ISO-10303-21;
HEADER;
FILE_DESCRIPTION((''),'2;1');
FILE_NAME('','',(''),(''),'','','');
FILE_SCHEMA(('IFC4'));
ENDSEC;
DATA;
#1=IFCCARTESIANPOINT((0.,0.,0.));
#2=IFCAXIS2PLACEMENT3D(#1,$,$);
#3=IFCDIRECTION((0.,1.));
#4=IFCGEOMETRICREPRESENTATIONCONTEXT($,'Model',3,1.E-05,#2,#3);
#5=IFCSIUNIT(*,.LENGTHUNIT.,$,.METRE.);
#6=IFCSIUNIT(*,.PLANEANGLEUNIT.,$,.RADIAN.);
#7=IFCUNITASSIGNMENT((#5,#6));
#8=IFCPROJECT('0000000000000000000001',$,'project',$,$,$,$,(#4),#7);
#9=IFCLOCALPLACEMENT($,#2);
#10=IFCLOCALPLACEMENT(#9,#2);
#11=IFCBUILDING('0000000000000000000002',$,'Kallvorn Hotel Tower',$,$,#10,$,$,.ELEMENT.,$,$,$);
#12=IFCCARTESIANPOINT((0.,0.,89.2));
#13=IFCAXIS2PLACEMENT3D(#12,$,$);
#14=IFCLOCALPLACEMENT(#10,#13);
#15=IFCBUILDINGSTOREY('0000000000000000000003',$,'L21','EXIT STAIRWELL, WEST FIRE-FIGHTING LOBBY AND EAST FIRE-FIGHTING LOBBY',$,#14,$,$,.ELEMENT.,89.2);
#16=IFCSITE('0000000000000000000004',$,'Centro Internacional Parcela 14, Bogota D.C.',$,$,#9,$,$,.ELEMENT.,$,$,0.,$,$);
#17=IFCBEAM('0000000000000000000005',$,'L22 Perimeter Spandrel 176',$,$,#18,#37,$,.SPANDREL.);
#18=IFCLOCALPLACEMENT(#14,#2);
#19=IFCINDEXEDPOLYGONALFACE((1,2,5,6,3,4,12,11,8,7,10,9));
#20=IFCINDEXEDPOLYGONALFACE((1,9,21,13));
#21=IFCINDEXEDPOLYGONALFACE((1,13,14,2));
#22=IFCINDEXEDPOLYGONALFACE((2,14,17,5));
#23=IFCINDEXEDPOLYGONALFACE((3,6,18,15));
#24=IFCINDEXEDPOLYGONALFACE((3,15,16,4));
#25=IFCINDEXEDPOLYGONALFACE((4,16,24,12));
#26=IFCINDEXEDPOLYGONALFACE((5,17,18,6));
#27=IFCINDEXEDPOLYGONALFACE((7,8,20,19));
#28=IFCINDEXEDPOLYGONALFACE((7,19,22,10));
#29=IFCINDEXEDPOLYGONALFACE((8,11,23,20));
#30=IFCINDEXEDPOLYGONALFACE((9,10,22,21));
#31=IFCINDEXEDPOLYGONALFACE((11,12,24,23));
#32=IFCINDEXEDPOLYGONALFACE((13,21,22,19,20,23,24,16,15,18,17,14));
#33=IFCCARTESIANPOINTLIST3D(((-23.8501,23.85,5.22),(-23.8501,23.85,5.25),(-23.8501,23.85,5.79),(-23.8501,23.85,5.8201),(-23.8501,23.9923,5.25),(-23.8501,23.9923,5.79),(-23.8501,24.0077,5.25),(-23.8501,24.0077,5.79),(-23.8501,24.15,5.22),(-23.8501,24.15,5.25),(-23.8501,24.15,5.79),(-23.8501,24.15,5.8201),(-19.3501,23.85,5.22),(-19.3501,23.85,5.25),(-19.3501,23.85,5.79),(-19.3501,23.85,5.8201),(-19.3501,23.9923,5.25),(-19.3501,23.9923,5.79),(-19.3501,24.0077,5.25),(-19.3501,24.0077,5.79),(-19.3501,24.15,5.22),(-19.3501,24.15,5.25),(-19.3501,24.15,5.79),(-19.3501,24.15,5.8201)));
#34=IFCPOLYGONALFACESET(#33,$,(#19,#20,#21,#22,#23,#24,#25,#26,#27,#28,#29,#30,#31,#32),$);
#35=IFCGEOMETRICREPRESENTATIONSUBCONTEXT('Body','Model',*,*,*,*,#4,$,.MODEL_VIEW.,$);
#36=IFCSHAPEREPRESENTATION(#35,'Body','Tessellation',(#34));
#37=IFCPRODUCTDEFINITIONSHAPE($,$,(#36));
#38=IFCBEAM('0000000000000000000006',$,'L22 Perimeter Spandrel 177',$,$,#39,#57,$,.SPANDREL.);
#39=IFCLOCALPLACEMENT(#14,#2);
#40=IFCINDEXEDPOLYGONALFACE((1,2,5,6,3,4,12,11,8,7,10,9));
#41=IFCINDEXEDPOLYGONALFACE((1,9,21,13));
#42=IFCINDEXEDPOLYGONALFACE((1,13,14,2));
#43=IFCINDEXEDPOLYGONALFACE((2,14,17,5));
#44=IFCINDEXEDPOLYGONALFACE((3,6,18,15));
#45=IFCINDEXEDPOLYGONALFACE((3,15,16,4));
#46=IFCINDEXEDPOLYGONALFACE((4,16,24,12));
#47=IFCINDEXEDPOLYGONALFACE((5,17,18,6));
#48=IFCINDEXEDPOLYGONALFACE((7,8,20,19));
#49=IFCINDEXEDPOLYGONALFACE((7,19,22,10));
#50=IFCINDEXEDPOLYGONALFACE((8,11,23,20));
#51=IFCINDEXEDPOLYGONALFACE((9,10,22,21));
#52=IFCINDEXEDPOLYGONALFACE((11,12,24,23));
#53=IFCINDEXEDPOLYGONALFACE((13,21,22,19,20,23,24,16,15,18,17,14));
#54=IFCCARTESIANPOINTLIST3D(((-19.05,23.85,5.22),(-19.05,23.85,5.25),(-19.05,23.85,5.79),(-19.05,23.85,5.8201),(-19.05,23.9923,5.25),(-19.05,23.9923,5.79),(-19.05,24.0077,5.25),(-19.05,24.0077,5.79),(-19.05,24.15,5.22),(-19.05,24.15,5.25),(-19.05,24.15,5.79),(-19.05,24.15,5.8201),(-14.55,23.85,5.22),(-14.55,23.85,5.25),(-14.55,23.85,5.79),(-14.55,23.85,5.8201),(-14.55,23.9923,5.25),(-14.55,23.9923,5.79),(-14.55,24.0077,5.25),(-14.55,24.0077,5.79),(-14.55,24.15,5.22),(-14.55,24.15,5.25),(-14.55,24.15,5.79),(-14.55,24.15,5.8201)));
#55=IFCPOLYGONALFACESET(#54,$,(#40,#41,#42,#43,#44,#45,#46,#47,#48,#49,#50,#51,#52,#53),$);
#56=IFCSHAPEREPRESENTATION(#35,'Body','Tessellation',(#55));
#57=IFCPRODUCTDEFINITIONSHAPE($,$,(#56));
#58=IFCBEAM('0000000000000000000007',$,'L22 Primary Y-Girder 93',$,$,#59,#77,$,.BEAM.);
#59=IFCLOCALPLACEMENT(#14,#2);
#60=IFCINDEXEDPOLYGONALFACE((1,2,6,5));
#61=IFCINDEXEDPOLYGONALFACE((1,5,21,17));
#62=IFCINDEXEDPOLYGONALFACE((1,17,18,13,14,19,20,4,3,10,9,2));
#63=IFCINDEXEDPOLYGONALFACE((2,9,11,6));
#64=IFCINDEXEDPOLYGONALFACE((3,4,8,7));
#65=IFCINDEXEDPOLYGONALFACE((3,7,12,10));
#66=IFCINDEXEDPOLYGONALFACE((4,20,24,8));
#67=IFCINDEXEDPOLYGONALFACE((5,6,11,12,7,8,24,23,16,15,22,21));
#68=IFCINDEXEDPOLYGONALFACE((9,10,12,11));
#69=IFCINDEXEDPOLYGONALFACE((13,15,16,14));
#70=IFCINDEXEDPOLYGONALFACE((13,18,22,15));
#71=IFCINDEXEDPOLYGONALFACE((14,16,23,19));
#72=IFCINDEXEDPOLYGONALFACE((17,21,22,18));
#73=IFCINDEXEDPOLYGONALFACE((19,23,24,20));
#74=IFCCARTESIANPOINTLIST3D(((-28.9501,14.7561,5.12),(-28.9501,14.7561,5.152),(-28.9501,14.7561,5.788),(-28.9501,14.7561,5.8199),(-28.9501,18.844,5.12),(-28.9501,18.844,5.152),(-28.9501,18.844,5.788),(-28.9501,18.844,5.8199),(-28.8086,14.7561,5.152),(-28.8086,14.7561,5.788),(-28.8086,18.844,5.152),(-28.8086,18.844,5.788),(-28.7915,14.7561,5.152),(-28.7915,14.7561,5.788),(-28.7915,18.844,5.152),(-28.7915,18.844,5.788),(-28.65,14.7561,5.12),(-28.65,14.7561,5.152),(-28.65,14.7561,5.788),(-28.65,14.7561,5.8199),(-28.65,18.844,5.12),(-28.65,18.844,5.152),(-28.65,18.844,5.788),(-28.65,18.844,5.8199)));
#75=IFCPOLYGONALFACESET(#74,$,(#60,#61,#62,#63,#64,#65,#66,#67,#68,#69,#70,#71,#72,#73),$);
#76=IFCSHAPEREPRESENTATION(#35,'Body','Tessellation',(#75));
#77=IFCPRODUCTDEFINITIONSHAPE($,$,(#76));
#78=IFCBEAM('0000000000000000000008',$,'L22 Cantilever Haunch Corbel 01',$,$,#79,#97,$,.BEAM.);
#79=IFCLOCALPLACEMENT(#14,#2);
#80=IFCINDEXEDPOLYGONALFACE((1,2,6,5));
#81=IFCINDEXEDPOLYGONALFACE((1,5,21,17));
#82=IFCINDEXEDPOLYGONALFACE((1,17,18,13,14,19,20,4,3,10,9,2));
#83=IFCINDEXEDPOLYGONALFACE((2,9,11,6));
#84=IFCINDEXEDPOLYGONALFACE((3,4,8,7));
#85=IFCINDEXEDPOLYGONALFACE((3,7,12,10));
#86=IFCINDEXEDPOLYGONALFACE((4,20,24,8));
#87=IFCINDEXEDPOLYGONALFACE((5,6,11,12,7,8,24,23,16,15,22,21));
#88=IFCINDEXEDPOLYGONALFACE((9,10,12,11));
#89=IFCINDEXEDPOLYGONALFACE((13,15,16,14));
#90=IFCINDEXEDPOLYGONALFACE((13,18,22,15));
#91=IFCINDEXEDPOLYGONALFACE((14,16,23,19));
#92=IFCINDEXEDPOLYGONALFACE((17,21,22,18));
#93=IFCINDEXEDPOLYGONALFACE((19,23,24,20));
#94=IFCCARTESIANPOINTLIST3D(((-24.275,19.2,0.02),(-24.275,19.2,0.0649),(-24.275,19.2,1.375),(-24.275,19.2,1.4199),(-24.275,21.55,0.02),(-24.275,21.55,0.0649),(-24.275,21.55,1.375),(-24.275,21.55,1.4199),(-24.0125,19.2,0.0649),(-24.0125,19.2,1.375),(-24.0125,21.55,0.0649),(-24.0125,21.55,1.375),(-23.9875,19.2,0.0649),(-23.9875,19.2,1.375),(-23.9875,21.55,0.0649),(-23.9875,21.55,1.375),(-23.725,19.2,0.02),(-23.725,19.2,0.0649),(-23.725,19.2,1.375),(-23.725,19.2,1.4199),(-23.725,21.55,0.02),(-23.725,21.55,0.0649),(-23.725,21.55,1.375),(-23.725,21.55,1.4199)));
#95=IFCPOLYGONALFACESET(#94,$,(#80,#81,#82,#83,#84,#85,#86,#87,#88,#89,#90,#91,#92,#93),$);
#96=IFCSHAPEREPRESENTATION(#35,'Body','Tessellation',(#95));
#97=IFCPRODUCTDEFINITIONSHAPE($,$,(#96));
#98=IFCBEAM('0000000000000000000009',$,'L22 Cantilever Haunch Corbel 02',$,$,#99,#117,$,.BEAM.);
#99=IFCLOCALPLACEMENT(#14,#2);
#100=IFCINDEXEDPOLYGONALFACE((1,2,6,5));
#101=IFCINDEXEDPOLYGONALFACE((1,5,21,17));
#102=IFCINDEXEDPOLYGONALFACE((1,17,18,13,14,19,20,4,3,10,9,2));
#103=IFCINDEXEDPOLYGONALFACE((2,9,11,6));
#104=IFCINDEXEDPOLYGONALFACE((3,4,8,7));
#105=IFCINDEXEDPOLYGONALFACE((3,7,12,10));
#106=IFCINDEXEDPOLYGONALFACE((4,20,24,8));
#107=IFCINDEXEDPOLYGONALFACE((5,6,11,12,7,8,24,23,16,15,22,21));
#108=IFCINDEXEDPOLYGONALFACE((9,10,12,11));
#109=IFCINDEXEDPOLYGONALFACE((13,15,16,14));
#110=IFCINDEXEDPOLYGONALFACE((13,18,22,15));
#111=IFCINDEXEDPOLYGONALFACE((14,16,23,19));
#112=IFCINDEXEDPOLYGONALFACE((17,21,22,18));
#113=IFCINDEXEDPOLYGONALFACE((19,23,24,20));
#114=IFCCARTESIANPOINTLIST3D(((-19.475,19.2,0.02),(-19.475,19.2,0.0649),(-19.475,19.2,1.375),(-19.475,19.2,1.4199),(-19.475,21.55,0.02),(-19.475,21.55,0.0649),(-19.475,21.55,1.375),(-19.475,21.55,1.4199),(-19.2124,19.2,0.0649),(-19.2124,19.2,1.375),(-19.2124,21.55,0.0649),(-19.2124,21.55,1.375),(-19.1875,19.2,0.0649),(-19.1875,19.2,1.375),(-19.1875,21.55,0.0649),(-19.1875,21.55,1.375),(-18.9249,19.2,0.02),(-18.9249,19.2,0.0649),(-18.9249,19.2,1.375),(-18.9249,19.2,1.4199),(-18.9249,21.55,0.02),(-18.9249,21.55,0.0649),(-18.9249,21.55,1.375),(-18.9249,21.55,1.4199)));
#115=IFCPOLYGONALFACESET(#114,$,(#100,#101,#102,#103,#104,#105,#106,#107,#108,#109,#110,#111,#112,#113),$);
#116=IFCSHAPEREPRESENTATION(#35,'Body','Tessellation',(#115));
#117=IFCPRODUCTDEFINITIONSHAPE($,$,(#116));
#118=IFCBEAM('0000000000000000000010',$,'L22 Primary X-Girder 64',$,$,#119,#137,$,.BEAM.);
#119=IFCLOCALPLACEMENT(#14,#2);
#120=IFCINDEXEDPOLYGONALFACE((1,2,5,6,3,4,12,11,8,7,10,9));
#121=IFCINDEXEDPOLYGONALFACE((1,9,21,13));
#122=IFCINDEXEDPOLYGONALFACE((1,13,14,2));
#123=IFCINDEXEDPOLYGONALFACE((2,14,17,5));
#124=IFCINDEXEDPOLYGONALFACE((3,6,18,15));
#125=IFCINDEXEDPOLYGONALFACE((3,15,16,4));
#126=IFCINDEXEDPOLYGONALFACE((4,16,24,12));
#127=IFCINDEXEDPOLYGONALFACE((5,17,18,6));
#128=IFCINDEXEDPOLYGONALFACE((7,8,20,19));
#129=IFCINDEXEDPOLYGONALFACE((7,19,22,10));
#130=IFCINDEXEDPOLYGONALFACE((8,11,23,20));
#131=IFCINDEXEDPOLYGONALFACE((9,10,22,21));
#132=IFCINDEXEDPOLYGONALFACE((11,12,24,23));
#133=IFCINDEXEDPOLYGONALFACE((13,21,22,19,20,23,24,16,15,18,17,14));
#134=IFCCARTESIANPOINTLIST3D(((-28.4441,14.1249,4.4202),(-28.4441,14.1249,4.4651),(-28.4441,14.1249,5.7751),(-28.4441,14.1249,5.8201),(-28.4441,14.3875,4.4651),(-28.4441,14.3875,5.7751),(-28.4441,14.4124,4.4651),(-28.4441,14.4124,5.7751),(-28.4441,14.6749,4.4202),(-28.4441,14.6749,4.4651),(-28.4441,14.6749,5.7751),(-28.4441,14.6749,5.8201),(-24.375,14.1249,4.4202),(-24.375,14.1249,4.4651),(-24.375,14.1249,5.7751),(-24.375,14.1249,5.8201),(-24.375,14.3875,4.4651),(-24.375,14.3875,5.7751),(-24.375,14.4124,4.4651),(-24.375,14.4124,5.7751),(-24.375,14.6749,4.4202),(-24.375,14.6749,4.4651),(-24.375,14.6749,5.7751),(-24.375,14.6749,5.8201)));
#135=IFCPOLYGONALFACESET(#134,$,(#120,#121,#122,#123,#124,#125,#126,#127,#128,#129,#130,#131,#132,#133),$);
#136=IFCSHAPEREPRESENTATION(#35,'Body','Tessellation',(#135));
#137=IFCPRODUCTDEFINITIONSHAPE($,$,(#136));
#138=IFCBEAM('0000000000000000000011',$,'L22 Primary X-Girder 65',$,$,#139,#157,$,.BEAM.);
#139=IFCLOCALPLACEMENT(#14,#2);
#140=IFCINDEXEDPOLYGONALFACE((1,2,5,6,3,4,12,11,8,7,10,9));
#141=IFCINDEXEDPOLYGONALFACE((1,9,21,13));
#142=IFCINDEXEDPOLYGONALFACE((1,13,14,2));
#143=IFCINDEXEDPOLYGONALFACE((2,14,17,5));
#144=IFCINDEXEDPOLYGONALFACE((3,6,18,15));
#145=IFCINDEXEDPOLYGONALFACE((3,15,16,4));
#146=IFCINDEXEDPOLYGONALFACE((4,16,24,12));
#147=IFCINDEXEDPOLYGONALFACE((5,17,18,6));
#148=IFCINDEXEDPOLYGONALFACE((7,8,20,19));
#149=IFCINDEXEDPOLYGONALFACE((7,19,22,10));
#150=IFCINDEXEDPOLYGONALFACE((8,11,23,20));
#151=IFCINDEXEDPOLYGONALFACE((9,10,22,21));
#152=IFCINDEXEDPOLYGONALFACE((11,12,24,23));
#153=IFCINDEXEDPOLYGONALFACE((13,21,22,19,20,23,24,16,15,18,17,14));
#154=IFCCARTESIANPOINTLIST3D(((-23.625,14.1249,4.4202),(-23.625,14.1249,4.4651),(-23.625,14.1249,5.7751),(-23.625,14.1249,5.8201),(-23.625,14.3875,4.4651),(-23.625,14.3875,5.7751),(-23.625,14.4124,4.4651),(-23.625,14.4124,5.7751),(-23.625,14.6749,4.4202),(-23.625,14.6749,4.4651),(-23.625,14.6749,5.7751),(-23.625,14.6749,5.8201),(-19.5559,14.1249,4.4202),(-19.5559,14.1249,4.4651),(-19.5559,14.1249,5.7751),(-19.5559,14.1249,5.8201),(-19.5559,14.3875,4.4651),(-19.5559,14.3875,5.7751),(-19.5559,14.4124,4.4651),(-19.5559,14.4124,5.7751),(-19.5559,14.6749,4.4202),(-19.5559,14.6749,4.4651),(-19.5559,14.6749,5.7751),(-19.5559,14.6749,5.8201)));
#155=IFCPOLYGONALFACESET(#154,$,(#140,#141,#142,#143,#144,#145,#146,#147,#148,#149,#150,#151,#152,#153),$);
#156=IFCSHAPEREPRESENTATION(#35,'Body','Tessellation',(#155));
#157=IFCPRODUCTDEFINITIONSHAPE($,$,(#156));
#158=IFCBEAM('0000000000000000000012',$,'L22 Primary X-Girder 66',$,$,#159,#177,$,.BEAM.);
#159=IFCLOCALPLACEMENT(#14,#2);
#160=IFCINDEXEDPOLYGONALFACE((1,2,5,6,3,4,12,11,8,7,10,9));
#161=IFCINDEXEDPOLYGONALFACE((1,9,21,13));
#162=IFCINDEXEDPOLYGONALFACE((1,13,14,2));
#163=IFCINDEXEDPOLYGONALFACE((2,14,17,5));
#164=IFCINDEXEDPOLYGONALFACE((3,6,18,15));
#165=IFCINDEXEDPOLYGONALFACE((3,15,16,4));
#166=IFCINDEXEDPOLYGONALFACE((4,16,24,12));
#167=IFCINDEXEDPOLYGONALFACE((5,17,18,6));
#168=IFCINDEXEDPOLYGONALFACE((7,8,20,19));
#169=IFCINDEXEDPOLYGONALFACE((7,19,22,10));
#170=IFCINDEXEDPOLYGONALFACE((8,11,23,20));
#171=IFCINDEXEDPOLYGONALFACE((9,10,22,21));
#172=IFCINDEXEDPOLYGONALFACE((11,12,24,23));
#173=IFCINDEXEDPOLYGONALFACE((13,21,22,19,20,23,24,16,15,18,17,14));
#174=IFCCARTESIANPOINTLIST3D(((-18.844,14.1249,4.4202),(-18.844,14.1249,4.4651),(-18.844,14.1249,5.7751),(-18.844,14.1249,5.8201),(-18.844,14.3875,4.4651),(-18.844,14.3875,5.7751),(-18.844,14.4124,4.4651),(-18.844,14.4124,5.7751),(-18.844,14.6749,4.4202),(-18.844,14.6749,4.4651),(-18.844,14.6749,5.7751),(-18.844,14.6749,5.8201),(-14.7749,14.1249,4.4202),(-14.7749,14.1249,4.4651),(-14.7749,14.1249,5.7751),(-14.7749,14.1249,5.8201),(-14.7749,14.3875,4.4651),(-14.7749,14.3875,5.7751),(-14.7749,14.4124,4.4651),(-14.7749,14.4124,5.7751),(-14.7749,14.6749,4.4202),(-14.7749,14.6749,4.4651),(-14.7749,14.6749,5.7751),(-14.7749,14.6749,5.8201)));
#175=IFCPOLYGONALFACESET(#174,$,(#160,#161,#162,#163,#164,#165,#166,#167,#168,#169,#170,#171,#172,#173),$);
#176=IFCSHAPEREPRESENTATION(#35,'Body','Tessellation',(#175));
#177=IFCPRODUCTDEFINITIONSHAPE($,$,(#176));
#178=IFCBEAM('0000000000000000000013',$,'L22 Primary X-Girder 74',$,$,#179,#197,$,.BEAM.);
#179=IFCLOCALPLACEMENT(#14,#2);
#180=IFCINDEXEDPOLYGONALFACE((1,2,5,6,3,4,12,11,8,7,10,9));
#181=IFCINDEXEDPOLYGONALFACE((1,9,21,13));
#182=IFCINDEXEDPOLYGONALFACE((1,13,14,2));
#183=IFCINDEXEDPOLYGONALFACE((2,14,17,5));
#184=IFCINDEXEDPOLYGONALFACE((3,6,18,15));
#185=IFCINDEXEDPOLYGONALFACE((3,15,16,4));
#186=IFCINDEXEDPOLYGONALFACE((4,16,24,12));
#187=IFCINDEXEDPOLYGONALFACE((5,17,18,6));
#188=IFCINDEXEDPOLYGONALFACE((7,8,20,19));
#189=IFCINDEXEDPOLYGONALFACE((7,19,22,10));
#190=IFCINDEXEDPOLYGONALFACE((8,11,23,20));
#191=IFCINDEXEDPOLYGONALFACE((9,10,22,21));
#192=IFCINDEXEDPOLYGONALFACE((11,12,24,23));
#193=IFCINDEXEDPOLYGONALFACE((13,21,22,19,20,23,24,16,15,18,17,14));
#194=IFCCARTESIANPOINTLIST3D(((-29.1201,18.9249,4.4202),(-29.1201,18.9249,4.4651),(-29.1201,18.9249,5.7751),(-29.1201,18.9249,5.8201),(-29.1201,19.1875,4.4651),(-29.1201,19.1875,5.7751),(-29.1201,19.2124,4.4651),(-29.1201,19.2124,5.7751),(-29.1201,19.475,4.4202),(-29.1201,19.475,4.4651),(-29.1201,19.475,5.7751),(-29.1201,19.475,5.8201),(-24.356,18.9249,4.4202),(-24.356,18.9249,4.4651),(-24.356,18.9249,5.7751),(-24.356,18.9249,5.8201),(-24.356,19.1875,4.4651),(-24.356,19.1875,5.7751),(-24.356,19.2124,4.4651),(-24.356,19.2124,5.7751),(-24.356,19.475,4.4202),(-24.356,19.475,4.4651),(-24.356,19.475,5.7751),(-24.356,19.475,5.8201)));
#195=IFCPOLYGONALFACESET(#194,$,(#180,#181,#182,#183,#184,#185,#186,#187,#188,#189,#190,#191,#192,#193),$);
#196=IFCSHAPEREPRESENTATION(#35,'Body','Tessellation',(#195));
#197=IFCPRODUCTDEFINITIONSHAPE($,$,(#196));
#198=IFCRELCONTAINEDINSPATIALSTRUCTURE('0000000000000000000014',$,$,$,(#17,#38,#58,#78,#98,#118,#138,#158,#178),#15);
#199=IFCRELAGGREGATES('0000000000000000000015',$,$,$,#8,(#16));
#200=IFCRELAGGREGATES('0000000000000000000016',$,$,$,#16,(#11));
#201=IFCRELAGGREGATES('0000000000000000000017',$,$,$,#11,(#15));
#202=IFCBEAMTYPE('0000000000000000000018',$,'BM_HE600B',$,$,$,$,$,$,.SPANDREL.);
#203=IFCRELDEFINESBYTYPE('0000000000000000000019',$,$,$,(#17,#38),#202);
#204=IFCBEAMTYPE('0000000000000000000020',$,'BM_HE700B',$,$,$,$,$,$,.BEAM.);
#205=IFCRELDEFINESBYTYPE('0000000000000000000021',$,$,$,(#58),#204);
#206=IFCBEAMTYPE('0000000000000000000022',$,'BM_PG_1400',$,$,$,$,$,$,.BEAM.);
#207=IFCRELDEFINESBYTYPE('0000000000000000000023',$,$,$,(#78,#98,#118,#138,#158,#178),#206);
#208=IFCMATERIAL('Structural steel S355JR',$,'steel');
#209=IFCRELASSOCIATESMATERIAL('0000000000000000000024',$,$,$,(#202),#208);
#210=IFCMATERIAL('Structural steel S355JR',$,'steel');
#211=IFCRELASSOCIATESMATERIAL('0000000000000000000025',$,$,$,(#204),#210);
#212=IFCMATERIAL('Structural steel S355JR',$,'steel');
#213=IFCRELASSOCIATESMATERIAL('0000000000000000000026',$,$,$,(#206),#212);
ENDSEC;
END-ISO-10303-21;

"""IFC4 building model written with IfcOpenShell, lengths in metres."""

from ifc_helpers import new_model, si_unit, direction, frame, origin, origin_2d, place, context, subcontext, project, spatial, i_section, extrude, material, material_profile, profile_set, type_object, element, save


model = new_model("IFC4")

# Units and contexts
model_context = context("Model", 3, precision=1e-05, world=origin(), true_north=direction((0.0, 1.0)))
body_context = subcontext(model_context, "Body", "Model", "MODEL_VIEW")
ifc_project = project(units=[si_unit("LENGTHUNIT", "METRE"), si_unit("PLANEANGLEUNIT", "RADIAN")], contexts=[model_context])

# Site, building, storey
site_placement = place(None, origin())
site = spatial("IfcSite", under=ifc_project, at=site_placement, Name="Centro Internacional Parcela 14, Bogota D.C.", CompositionType="ELEMENT", RefElevation=0.0)
building_placement = place(site_placement, origin())
building = spatial("IfcBuilding", under=site, at=building_placement, Name="Kallvorn Hotel Tower", CompositionType="ELEMENT")
storey_placement = place(building_placement, frame((0.0, 0.0, 89.2)))
storey = spatial("IfcBuildingStorey", under=building, at=storey_placement, Name="L21", Description="EXIT STAIRWELL, WEST FIRE-FIGHTING LOBBY AND EAST FIRE-FIGHTING LOBBY", CompositionType="ELEMENT", Elevation=89.2)

# Beams
ifc_material_1 = material(Name="Structural steel S355JR", Category="steel")
ifc_material_profile_1 = material_profile(ifc_material_1, i_section(OverallWidth=0.3, OverallDepth=0.6001, WebThickness=0.0154, FlangeThickness=0.03, at=origin_2d()), Name="HE 600 B")
ifc_profile_set_1 = profile_set([ifc_material_profile_1], Name="Structural steel S355JR")
beam_type_1 = type_object("IfcBeamType", Name="BM_HE600B", PredefinedType="SPANDREL", material=ifc_profile_set_1)
for number, where, z_axis, x_axis, name in (
    (1, (-23.8501, 24.0, 5.52), (1.0, 0.0, 0.0), (0.0, 1.0, 0.0), "L22 Perimeter Spandrel 176"),
    (2, (-19.05, 24.0, 5.52), (1.0, 0.0, 0.0), (0.0, 1.0, 0.0), "L22 Perimeter Spandrel 177"),
):
    element("IfcBeam", number, at=place(storey_placement, frame(where, z_axis=z_axis, x_axis=x_axis)), inside=storey, type_object=beam_type_1, Name=name, PredefinedType="SPANDREL", context=body_context, shape_type="SweptSolid", body=[
        extrude(i_section(OverallWidth=0.3, OverallDepth=0.6001, WebThickness=0.0154, FlangeThickness=0.03, at=origin_2d()), origin(), (0.0, 0.0, 1.0), 4.5),
    ])
ifc_material_2 = material(Name="Structural steel S355JR", Category="steel")
ifc_material_profile_2 = material_profile(ifc_material_2, i_section(OverallWidth=0.3, OverallDepth=0.7, WebThickness=0.0171, FlangeThickness=0.032, at=origin_2d()), Name="HE 700 B")
ifc_profile_set_2 = profile_set([ifc_material_profile_2], Name="Structural steel S355JR")
beam_type_2 = type_object("IfcBeamType", Name="BM_HE700B", PredefinedType="BEAM", material=ifc_profile_set_2)
beam_1_placement = place(storey_placement, frame((-28.8, 14.7561, 5.47), z_axis=(0.0, 1.0, 0.0), x_axis=(-1.0, 0.0, 0.0)))
element("IfcBeam", 3, at=beam_1_placement, inside=storey, type_object=beam_type_2, Name="L22 Primary Y-Girder 93", PredefinedType="BEAM", context=body_context, shape_type="SweptSolid", body=[
    extrude(i_section(OverallWidth=0.3, OverallDepth=0.7, WebThickness=0.0171, FlangeThickness=0.032, at=origin_2d()), origin(), (0.0, 0.0, 1.0), 4.0879),
])
ifc_material_3 = material(Name="Structural steel S355JR", Category="steel")
ifc_material_profile_3 = material_profile(ifc_material_3, i_section(OverallWidth=0.55, OverallDepth=1.3999, WebThickness=0.0249, FlangeThickness=0.0449, at=origin_2d()), Name="PG 1400x550x25x45")
ifc_profile_set_3 = profile_set([ifc_material_profile_3], Name="Structural steel S355JR")
beam_type_3 = type_object("IfcBeamType", Name="BM_PG_1400", PredefinedType="BEAM", material=ifc_profile_set_3)
for number, where, z_axis, x_axis, name in (
    (4, (-24.0, 19.2, 0.72), (0.0, 1.0, 0.0), (-1.0, 0.0, 0.0), "L22 Cantilever Haunch Corbel 01"),
    (5, (-19.2, 19.2, 0.72), (0.0, 1.0, 0.0), (-1.0, 0.0, 0.0), "L22 Cantilever Haunch Corbel 02"),
):
    element("IfcBeam", number, at=place(storey_placement, frame(where, z_axis=z_axis, x_axis=x_axis)), inside=storey, type_object=beam_type_3, Name=name, PredefinedType="BEAM", context=body_context, shape_type="SweptSolid", body=[
        extrude(i_section(OverallWidth=0.55, OverallDepth=1.3999, WebThickness=0.0249, FlangeThickness=0.0449, at=origin_2d()), origin(), (0.0, 0.0, 1.0), 2.3501),
    ])
for number, where, z_axis, x_axis, name in (
    (6, (-28.4441, 14.3999, 5.1201), (1.0, 0.0, 0.0), (0.0, 1.0, 0.0), "L22 Primary X-Girder 64"),
    (7, (-23.625, 14.3999, 5.1201), (1.0, 0.0, 0.0), (0.0, 1.0, 0.0), "L22 Primary X-Girder 65"),
    (8, (-18.844, 14.3999, 5.1201), (1.0, 0.0, 0.0), (0.0, 1.0, 0.0), "L22 Primary X-Girder 66"),
):
    element("IfcBeam", number, at=place(storey_placement, frame(where, z_axis=z_axis, x_axis=x_axis)), inside=storey, type_object=beam_type_3, Name=name, PredefinedType="BEAM", context=body_context, shape_type="SweptSolid", body=[
        extrude(i_section(OverallWidth=0.55, OverallDepth=1.3999, WebThickness=0.0249, FlangeThickness=0.0449, at=origin_2d()), origin(), (0.0, 0.0, 1.0), 4.0691),
    ])
beam_2_placement = place(storey_placement, frame((-29.1201, 19.2, 5.1201), z_axis=(1.0, 0.0, 0.0), x_axis=(0.0, 1.0, 0.0)))
element("IfcBeam", 9, at=beam_2_placement, inside=storey, type_object=beam_type_3, Name="L22 Primary X-Girder 74", PredefinedType="BEAM", context=body_context, shape_type="SweptSolid", body=[
    extrude(i_section(OverallWidth=0.55, OverallDepth=1.3999, WebThickness=0.0249, FlangeThickness=0.0449, at=origin_2d()), origin(), (0.0, 0.0, 1.0), 4.7642),
])

save(model, "model.ifc")
